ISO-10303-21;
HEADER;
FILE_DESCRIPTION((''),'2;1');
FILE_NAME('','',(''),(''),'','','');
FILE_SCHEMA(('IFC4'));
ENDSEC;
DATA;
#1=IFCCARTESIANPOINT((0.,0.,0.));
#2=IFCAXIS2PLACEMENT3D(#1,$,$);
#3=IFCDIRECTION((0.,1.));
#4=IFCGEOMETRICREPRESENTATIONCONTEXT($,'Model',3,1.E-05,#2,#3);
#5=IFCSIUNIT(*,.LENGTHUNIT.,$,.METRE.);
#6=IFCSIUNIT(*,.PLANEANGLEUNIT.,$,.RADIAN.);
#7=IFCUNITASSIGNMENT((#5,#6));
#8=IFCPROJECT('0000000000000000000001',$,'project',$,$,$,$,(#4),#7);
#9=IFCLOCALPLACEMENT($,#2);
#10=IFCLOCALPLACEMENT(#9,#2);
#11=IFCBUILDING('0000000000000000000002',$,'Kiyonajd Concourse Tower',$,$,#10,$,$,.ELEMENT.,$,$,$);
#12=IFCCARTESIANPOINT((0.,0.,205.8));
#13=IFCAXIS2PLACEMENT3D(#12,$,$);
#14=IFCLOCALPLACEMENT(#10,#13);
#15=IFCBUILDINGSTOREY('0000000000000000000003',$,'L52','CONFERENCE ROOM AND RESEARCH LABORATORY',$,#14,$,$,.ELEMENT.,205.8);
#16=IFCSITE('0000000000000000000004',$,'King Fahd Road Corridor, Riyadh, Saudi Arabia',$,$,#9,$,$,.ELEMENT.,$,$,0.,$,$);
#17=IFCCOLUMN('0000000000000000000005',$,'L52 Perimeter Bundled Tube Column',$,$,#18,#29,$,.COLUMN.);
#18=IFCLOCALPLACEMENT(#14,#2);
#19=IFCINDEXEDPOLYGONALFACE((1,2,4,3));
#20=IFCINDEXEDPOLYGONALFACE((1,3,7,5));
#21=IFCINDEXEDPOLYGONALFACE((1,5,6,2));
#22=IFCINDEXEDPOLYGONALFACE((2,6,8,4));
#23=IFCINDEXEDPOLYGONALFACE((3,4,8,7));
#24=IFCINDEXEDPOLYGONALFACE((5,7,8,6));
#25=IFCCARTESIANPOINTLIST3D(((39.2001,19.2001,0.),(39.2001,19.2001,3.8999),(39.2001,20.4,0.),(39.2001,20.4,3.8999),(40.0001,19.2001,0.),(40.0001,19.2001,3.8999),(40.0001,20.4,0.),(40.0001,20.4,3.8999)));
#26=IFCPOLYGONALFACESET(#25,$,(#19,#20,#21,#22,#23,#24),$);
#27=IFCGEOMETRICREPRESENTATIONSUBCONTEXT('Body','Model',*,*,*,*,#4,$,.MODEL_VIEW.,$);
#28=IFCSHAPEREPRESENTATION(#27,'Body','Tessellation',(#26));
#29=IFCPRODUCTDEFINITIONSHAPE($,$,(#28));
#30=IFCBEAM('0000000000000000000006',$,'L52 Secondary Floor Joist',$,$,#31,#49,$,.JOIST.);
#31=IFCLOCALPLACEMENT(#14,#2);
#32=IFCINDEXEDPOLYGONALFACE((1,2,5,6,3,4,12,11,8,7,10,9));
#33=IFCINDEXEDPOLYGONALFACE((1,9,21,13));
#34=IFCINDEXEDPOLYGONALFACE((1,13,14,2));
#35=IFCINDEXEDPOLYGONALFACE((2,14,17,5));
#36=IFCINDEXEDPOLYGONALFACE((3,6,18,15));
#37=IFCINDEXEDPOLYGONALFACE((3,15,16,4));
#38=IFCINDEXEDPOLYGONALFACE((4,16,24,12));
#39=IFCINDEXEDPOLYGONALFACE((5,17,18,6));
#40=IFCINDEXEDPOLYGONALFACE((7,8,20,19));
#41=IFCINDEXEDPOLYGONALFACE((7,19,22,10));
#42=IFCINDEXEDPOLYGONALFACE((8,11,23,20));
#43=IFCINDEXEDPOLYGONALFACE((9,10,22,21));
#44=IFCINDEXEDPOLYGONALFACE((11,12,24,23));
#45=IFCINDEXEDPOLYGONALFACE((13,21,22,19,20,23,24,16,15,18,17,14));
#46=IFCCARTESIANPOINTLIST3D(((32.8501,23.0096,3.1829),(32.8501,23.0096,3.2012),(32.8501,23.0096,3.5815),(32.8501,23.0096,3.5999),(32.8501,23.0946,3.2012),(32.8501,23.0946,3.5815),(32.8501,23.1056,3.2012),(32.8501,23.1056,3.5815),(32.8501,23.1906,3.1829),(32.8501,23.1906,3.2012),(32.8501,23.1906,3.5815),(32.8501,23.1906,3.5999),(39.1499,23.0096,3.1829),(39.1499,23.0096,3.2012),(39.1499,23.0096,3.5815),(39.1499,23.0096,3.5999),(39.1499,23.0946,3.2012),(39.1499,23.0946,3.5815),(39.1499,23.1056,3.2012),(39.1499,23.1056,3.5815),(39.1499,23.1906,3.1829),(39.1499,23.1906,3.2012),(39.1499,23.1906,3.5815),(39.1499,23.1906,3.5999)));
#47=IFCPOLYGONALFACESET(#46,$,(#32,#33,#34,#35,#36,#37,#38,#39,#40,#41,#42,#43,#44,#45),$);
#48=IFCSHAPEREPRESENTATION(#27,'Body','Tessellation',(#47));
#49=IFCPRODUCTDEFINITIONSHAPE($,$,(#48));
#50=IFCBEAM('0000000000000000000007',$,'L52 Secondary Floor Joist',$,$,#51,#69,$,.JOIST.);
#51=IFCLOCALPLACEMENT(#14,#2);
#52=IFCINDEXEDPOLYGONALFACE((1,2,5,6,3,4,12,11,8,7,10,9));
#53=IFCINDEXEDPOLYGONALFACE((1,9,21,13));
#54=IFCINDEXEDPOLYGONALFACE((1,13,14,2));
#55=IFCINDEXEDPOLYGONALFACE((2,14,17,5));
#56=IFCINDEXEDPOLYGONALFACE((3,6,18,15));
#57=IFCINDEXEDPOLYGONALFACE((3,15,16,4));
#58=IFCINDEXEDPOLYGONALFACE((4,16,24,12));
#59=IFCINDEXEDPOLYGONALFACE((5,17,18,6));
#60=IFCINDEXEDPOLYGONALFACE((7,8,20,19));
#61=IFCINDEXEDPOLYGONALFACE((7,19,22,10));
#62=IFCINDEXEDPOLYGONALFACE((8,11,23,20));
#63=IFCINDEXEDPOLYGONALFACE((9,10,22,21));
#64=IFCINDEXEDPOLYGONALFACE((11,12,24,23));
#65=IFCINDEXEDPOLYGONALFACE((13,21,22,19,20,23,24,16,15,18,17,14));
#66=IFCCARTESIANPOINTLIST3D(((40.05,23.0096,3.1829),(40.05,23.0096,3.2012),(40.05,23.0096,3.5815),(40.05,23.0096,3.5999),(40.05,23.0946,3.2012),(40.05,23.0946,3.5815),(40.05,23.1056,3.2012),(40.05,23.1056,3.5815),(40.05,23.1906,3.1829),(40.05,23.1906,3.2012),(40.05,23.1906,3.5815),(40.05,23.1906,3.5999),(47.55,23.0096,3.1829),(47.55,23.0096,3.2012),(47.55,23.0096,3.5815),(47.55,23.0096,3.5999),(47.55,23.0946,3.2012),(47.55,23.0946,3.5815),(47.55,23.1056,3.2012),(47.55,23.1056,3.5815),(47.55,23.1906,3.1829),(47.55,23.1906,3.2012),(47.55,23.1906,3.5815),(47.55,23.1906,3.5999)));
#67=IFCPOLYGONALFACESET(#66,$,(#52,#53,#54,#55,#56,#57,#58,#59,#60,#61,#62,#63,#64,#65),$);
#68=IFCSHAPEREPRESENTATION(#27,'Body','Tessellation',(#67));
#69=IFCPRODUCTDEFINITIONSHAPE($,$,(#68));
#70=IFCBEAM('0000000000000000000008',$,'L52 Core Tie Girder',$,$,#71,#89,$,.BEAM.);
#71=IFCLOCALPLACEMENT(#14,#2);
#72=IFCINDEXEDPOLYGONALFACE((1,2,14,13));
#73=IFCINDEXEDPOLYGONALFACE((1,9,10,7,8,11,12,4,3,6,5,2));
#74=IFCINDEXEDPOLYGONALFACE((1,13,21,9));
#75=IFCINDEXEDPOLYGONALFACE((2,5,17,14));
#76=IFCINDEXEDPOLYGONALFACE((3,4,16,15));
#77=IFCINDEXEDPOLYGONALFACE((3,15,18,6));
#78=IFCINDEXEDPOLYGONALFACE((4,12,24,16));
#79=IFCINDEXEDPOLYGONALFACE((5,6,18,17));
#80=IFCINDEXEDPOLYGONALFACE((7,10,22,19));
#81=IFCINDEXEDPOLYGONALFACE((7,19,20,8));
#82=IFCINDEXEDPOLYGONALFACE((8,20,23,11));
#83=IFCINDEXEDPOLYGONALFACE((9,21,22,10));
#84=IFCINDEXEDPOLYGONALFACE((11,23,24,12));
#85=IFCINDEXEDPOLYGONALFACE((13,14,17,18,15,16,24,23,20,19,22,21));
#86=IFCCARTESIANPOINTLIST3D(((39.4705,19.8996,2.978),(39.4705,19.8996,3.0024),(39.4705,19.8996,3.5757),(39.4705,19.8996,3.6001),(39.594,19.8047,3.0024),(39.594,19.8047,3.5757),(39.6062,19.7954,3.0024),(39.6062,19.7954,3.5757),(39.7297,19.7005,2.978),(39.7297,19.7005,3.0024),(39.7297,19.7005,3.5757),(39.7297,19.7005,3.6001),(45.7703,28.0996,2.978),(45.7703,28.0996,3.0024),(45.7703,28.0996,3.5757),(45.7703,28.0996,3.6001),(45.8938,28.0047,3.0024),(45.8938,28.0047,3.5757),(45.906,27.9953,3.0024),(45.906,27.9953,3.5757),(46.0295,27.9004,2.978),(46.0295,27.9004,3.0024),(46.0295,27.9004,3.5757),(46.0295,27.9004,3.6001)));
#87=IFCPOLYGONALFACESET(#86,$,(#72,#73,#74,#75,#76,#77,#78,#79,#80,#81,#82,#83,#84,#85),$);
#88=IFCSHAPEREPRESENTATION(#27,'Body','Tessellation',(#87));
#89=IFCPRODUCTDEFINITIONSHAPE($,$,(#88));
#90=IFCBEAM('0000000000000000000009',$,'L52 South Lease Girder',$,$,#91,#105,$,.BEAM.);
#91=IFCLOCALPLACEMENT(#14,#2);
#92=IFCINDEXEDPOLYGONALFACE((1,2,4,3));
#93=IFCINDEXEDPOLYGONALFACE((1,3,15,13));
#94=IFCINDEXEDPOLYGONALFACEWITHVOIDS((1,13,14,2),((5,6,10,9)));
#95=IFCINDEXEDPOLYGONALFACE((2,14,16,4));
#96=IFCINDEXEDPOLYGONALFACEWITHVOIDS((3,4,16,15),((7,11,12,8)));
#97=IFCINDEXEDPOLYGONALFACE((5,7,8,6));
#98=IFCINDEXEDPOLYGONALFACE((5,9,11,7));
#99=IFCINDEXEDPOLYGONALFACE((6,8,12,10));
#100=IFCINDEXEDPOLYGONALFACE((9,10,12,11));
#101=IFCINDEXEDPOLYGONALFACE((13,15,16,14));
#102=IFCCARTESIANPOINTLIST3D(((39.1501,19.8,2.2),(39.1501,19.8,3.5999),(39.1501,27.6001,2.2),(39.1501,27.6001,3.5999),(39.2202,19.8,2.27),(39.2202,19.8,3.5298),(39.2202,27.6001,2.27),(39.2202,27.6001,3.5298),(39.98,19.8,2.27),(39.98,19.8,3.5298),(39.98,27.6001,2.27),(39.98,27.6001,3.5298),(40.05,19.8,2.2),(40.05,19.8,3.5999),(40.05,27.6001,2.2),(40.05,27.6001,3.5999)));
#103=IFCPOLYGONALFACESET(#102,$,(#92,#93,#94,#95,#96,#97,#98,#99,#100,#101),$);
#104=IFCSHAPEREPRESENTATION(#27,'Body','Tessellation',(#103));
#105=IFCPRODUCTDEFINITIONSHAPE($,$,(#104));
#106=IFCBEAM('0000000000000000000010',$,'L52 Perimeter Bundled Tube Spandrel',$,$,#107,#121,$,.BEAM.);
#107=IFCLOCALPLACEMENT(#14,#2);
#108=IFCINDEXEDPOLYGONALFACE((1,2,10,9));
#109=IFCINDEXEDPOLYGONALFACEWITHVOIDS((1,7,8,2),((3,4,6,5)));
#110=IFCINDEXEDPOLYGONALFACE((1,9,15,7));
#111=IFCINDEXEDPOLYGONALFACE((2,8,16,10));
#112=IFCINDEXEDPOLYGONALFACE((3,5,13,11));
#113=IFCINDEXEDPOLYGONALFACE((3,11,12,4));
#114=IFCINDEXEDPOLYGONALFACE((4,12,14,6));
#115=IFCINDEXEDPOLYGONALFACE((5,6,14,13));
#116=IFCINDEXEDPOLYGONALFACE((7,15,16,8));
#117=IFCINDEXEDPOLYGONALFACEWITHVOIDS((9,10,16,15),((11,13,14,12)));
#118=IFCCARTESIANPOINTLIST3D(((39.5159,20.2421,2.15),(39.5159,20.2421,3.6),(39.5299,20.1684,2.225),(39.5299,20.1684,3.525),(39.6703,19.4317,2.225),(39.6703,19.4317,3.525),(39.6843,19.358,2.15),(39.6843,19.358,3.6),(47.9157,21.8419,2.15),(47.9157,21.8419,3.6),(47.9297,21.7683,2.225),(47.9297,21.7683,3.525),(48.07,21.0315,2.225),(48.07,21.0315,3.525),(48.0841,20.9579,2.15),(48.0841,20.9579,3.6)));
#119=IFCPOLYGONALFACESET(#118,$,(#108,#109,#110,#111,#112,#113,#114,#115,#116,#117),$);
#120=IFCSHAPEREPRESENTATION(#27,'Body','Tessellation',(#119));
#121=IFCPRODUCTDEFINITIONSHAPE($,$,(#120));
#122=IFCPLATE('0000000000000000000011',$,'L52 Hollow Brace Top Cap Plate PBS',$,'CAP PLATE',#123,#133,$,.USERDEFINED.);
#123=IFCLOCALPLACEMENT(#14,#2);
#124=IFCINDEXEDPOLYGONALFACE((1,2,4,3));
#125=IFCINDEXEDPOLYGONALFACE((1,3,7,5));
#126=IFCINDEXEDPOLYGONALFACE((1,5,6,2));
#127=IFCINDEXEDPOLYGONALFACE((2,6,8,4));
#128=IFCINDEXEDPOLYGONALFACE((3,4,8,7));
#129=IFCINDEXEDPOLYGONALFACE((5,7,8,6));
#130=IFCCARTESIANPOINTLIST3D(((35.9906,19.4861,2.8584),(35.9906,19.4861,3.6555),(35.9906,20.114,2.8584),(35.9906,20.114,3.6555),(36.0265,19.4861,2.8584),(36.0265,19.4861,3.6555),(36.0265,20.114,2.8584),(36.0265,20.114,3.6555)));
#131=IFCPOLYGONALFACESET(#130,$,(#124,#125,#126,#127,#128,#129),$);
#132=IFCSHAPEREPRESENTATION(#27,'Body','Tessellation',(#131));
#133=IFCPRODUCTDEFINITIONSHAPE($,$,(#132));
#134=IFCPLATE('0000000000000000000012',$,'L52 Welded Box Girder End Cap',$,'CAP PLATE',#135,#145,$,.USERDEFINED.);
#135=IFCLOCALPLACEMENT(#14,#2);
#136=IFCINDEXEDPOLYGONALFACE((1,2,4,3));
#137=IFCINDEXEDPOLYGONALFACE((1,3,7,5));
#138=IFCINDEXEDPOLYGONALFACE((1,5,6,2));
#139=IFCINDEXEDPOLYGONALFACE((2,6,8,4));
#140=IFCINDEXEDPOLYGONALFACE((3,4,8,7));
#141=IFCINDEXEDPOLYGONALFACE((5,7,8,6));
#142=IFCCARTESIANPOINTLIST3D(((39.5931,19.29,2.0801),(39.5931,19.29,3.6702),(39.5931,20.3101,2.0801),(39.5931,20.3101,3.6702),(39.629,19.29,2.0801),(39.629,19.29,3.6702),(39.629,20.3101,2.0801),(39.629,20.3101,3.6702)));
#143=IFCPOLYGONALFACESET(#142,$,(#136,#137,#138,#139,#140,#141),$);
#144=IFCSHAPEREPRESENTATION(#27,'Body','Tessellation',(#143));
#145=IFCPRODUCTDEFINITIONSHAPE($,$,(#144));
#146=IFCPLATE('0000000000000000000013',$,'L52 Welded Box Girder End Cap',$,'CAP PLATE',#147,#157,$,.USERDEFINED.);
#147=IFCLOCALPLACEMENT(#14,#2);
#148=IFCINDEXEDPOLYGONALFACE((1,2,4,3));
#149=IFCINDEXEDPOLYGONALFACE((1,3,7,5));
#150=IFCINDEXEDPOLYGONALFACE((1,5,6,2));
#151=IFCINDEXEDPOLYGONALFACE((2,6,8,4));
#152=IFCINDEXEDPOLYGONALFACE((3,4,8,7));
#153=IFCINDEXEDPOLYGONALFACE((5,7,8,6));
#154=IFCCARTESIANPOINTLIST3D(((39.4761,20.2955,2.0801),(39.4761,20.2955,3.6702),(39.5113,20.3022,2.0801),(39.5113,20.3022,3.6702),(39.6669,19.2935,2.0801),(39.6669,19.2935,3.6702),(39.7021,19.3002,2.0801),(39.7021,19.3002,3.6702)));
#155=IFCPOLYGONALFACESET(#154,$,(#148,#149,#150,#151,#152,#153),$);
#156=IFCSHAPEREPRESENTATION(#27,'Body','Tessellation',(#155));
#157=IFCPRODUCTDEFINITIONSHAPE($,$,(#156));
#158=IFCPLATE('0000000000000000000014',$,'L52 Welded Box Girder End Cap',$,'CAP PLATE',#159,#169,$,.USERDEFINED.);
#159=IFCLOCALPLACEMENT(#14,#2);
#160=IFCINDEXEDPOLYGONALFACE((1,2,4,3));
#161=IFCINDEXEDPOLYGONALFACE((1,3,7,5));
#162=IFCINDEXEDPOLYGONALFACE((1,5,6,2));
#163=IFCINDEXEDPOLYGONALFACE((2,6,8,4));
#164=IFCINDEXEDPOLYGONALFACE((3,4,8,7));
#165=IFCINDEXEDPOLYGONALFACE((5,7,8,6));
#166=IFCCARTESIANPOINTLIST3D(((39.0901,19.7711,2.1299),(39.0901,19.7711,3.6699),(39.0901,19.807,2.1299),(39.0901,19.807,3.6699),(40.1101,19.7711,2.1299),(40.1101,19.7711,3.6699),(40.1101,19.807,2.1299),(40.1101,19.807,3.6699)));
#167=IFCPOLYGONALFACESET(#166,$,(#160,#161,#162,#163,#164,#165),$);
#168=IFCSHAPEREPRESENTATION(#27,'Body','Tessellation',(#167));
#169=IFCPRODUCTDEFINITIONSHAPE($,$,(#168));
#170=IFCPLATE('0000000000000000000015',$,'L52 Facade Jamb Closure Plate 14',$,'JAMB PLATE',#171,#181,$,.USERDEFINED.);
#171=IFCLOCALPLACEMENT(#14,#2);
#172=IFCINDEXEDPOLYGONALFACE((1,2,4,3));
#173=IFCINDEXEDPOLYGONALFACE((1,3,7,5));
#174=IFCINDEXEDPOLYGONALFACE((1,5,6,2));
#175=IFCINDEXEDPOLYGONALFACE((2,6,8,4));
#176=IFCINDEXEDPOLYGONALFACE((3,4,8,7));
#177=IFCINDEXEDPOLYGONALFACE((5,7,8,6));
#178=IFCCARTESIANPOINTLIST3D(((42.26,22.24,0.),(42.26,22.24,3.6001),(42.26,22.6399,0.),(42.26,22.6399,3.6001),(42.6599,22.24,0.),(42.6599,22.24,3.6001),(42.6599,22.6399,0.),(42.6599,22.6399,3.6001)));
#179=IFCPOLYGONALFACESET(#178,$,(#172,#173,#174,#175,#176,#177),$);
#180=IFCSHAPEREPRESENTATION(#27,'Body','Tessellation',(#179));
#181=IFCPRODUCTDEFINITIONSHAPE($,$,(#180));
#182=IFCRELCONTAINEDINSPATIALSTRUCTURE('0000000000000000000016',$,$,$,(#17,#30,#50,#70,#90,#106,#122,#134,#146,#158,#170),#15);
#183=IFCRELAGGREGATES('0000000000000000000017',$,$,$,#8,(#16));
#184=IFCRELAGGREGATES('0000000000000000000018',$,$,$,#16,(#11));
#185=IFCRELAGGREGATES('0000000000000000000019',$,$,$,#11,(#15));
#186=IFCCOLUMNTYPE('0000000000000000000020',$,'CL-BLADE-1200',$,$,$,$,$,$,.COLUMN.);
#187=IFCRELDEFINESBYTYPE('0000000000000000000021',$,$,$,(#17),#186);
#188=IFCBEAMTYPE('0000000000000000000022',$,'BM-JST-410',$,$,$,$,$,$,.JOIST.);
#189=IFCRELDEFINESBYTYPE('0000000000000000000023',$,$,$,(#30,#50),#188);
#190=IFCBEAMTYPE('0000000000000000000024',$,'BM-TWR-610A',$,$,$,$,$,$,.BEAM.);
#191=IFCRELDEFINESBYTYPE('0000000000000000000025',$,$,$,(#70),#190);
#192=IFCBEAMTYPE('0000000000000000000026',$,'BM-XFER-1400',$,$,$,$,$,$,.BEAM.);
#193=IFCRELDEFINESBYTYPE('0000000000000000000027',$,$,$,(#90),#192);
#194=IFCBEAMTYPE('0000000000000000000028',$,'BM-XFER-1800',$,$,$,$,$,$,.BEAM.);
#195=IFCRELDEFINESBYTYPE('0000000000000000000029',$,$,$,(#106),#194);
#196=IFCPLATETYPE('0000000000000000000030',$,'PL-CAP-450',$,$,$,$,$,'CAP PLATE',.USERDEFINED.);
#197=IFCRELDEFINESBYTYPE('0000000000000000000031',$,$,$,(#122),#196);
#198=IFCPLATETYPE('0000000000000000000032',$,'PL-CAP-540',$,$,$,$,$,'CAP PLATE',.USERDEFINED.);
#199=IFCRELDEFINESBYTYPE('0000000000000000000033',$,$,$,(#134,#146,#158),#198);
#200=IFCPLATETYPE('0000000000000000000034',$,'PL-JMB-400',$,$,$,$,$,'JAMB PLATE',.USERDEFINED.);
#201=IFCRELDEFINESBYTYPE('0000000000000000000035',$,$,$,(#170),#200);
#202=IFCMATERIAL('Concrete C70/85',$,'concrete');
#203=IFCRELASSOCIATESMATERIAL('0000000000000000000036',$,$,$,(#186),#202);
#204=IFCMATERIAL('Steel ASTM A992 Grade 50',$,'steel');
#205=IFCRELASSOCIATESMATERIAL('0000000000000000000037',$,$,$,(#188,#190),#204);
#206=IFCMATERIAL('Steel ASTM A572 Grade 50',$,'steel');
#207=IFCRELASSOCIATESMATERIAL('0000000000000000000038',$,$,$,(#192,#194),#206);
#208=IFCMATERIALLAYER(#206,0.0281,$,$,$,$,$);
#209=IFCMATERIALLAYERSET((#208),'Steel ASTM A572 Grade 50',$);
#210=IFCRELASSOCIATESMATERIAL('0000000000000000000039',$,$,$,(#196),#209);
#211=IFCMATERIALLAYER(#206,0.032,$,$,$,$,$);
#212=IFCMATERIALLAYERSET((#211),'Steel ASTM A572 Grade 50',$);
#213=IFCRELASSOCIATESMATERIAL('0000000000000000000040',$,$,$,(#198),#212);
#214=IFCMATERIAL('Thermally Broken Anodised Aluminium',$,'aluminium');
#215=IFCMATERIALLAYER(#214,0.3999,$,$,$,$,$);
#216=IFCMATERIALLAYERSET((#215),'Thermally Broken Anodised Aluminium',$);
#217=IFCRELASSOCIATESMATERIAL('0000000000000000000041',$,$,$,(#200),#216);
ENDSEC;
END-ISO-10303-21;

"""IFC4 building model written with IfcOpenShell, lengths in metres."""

from ifc_helpers import new_model, si_unit, direction, frame, origin, origin_2d, place, context, subcontext, project, spatial, rectangle, hollow_rectangle, i_section, extrude, material, layer, layer_set, material_profile, profile_set, type_object, element, save


model = new_model("IFC4")

# Units and contexts
model_context = context("Model", 3, precision=1e-05, world=origin(), true_north=direction((0.0, 1.0)))
body_context = subcontext(model_context, "Body", "Model", "MODEL_VIEW")
ifc_project = project(units=[si_unit("LENGTHUNIT", "METRE"), si_unit("PLANEANGLEUNIT", "RADIAN")], contexts=[model_context])

# Site, building, storey
site_placement = place(None, origin())
site = spatial("IfcSite", under=ifc_project, at=site_placement, Name="King Fahd Road Corridor, Riyadh, Saudi Arabia", CompositionType="ELEMENT", RefElevation=0.0)
building_placement = place(site_placement, origin())
building = spatial("IfcBuilding", under=site, at=building_placement, Name="Kiyonajd Concourse Tower", CompositionType="ELEMENT")
storey_placement = place(building_placement, frame((0.0, 0.0, 205.8)))
storey = spatial("IfcBuildingStorey", under=building, at=storey_placement, Name="L52", Description="CONFERENCE ROOM AND RESEARCH LABORATORY", CompositionType="ELEMENT", Elevation=205.8)

# Column
ifc_material_1 = material(Name="Concrete C70/85", Category="concrete")
ifc_material_profile_1 = material_profile(ifc_material_1, rectangle(XDim=0.8, YDim=1.2, at=origin_2d()), Name="RC-1200x800")
ifc_profile_set_1 = profile_set([ifc_material_profile_1], Name="Concrete C70/85")
column_type = type_object("IfcColumnType", Name="CL-BLADE-1200", PredefinedType="COLUMN", material=ifc_profile_set_1)
column_placement = place(storey_placement, frame((39.6001, 19.8, 0.0), z_axis=(0.0, 0.0, 1.0), x_axis=(1.0, 0.0, 0.0)))
element("IfcColumn", 1, at=column_placement, inside=storey, type_object=column_type, Name="L52 Perimeter Bundled Tube Column", PredefinedType="COLUMN", context=body_context, shape_type="SweptSolid", body=[
    extrude(rectangle(XDim=0.8, YDim=1.2, at=origin_2d()), origin(), (0.0, 0.0, 1.0), 3.8999),
])

# Beams
ifc_material_2 = material(Name="Steel ASTM A992 Grade 50", Category="steel")
ifc_material_profile_2 = material_profile(ifc_material_2, i_section(OverallWidth=0.1809, OverallDepth=0.417, WebThickness=0.011, FlangeThickness=0.0183, at=origin_2d()), Name="W410X85")
ifc_profile_set_2 = profile_set([ifc_material_profile_2], Name="Steel ASTM A992 Grade 50")
beam_type_1 = type_object("IfcBeamType", Name="BM-JST-410", PredefinedType="JOIST", material=ifc_profile_set_2)
beam_1_placement = place(storey_placement, frame((32.8501, 23.1001, 3.3914), z_axis=(1.0, 0.0, 0.0), x_axis=(0.0, 1.0, 0.0)))
element("IfcBeam", 2, at=beam_1_placement, inside=storey, type_object=beam_type_1, Name="L52 Secondary Floor Joist", PredefinedType="JOIST", context=body_context, shape_type="SweptSolid", body=[
    extrude(i_section(OverallWidth=0.1809, OverallDepth=0.417, WebThickness=0.011, FlangeThickness=0.0183, at=origin_2d()), origin(), (0.0, 0.0, 1.0), 6.2998),
])
beam_2_placement = place(storey_placement, frame((40.05, 23.1001, 3.3914), z_axis=(1.0, 0.0, 0.0), x_axis=(0.0, 1.0, 0.0)))
element("IfcBeam", 3, at=beam_2_placement, inside=storey, type_object=beam_type_1, Name="L52 Secondary Floor Joist", PredefinedType="JOIST", context=body_context, shape_type="SweptSolid", body=[
    extrude(i_section(OverallWidth=0.1809, OverallDepth=0.417, WebThickness=0.011, FlangeThickness=0.0183, at=origin_2d()), origin(), (0.0, 0.0, 1.0), 7.5),
])
ifc_material_profile_3 = material_profile(ifc_material_2, i_section(OverallWidth=0.3269, OverallDepth=0.6221, WebThickness=0.0154, FlangeThickness=0.0244, at=origin_2d()), Name="W610X195")
ifc_profile_set_3 = profile_set([ifc_material_profile_3], Name="Steel ASTM A992 Grade 50")
beam_type_2 = type_object("IfcBeamType", Name="BM-TWR-610A", PredefinedType="BEAM", material=ifc_profile_set_3)
beam_3_placement = place(storey_placement, frame((39.6001, 19.8, 3.2891), z_axis=(0.609234, 0.792991, 0.0), x_axis=(-0.792991, 0.609234, 0.0)))
element("IfcBeam", 4, at=beam_3_placement, inside=storey, type_object=beam_type_2, Name="L52 Core Tie Girder", PredefinedType="BEAM", context=body_context, shape_type="SweptSolid", body=[
    extrude(i_section(OverallWidth=0.3269, OverallDepth=0.6221, WebThickness=0.0154, FlangeThickness=0.0244, at=origin_2d()), origin(), (0.0, 0.0, 1.0), 10.3406),
])
ifc_material_3 = material(Name="Steel ASTM A572 Grade 50", Category="steel")
ifc_material_profile_4 = material_profile(ifc_material_3, hollow_rectangle(XDim=0.8999, YDim=1.3999, WallThickness=0.0701, at=origin_2d()), Name="BOX-1400x900x70")
ifc_profile_set_4 = profile_set([ifc_material_profile_4], Name="Steel ASTM A572 Grade 50")
beam_type_3 = type_object("IfcBeamType", Name="BM-XFER-1400", PredefinedType="BEAM", material=ifc_profile_set_4)
beam_4_placement = place(storey_placement, frame((39.6001, 19.8, 2.8999), z_axis=(0.0, 1.0, 0.0), x_axis=(-1.0, 0.0, 0.0)))
element("IfcBeam", 5, at=beam_4_placement, inside=storey, type_object=beam_type_3, Name="L52 South Lease Girder", PredefinedType="BEAM", context=body_context, shape_type="SweptSolid", body=[
    extrude(hollow_rectangle(XDim=0.8999, YDim=1.3999, WallThickness=0.0701, at=origin_2d()), origin(), (0.0, 0.0, 1.0), 7.8),
])
ifc_material_profile_5 = material_profile(ifc_material_3, hollow_rectangle(XDim=0.8999, YDim=1.45, WallThickness=0.075, at=origin_2d()), Name="BOX-1450x900x75")
ifc_profile_set_5 = profile_set([ifc_material_profile_5], Name="Steel ASTM A572 Grade 50")
beam_type_4 = type_object("IfcBeamType", Name="BM-XFER-1800", PredefinedType="BEAM", material=ifc_profile_set_5)
beam_5_placement = place(storey_placement, frame((39.6001, 19.8, 2.875), z_axis=(0.982341, 0.187098, 0.0), x_axis=(-0.187098, 0.982341, 0.0)))
element("IfcBeam", 6, at=beam_5_placement, inside=storey, type_object=beam_type_4, Name="L52 Perimeter Bundled Tube Spandrel", PredefinedType="BEAM", context=body_context, shape_type="SweptSolid", body=[
    extrude(hollow_rectangle(XDim=0.8999, YDim=1.45, WallThickness=0.075, at=origin_2d()), origin(), (0.0, 0.0, 1.0), 8.5508),
])

# Plates
ifc_layer_1 = layer(ifc_material_3, 0.0281)
ifc_layer_set_1 = layer_set([ifc_layer_1], Name="Steel ASTM A572 Grade 50")
plate_type_1 = type_object("IfcPlateType", Name="PL-CAP-450", ElementType="CAP PLATE", PredefinedType="USERDEFINED", material=ifc_layer_set_1)
plate_1_placement = place(storey_placement, frame((36.0085, 19.8, 2.8584), z_axis=(0.0, 0.0, 1.0), x_axis=(1.0, 0.0, 0.0)))
element("IfcPlate", 7, at=plate_1_placement, inside=storey, type_object=plate_type_1, Name="L52 Hollow Brace Top Cap Plate PBS", ObjectType="CAP PLATE", PredefinedType="USERDEFINED", context=body_context, shape_type="SweptSolid", body=[
    extrude(rectangle(XDim=0.0359, YDim=0.6279, at=origin_2d()), origin(), (0.0, 0.0, 1.0), 0.7971),
])
ifc_layer_2 = layer(ifc_material_3, 0.032)
ifc_layer_set_2 = layer_set([ifc_layer_2], Name="Steel ASTM A572 Grade 50")
plate_type_2 = type_object("IfcPlateType", Name="PL-CAP-540", ElementType="CAP PLATE", PredefinedType="USERDEFINED", material=ifc_layer_set_2)
for number, where, z_axis, x_axis, name in (
    (8, (39.6111, 19.8, 2.0801), (0.0, 0.0, 1.0), (1.0, 0.0, 0.0), "L52 Welded Box Girder End Cap"),
    (9, (39.5891, 19.7979, 2.0801), (0.0, 0.0, 1.0), (-0.982353, -0.187038, 0.0), "L52 Welded Box Girder End Cap"),
):
    element("IfcPlate", number, at=place(storey_placement, frame(where, z_axis=z_axis, x_axis=x_axis)), inside=storey, type_object=plate_type_2, Name=name, ObjectType="CAP PLATE", PredefinedType="USERDEFINED", context=body_context, shape_type="SweptSolid", body=[
        extrude(rectangle(XDim=0.0359, YDim=1.02, at=origin_2d()), origin(), (0.0, 0.0, 1.0), 1.5901),
    ])
plate_2_placement = place(storey_placement, frame((39.6001, 19.7891, 2.1299), z_axis=(0.0, 0.0, 1.0), x_axis=(0.0, -1.0, 0.0)))
element("IfcPlate", 10, at=plate_2_placement, inside=storey, type_object=plate_type_2, Name="L52 Welded Box Girder End Cap", ObjectType="CAP PLATE", PredefinedType="USERDEFINED", context=body_context, shape_type="SweptSolid", body=[
    extrude(rectangle(XDim=0.0359, YDim=1.02, at=origin_2d()), origin(), (0.0, 0.0, 1.0), 1.54),
])
ifc_material_4 = material(Name="Thermally Broken Anodised Aluminium", Category="aluminium")
ifc_layer_3 = layer(ifc_material_4, 0.3999)
ifc_layer_set_3 = layer_set([ifc_layer_3], Name="Thermally Broken Anodised Aluminium")
plate_type_3 = type_object("IfcPlateType", Name="PL-JMB-400", ElementType="JAMB PLATE", PredefinedType="USERDEFINED", material=ifc_layer_set_3)
plate_3_placement = place(storey_placement, frame((42.46, 22.4399, 0.0), z_axis=(0.0, 0.0, 1.0), x_axis=(1.0, 0.0, 0.0)))
element("IfcPlate", 11, at=plate_3_placement, inside=storey, type_object=plate_type_3, Name="L52 Facade Jamb Closure Plate 14", ObjectType="JAMB PLATE", PredefinedType="USERDEFINED", context=body_context, shape_type="SweptSolid", body=[
    extrude(rectangle(XDim=0.3999, YDim=0.3999, at=origin_2d()), origin(), (0.0, 0.0, 1.0), 3.6001),
])

save(model, "model.ifc")
